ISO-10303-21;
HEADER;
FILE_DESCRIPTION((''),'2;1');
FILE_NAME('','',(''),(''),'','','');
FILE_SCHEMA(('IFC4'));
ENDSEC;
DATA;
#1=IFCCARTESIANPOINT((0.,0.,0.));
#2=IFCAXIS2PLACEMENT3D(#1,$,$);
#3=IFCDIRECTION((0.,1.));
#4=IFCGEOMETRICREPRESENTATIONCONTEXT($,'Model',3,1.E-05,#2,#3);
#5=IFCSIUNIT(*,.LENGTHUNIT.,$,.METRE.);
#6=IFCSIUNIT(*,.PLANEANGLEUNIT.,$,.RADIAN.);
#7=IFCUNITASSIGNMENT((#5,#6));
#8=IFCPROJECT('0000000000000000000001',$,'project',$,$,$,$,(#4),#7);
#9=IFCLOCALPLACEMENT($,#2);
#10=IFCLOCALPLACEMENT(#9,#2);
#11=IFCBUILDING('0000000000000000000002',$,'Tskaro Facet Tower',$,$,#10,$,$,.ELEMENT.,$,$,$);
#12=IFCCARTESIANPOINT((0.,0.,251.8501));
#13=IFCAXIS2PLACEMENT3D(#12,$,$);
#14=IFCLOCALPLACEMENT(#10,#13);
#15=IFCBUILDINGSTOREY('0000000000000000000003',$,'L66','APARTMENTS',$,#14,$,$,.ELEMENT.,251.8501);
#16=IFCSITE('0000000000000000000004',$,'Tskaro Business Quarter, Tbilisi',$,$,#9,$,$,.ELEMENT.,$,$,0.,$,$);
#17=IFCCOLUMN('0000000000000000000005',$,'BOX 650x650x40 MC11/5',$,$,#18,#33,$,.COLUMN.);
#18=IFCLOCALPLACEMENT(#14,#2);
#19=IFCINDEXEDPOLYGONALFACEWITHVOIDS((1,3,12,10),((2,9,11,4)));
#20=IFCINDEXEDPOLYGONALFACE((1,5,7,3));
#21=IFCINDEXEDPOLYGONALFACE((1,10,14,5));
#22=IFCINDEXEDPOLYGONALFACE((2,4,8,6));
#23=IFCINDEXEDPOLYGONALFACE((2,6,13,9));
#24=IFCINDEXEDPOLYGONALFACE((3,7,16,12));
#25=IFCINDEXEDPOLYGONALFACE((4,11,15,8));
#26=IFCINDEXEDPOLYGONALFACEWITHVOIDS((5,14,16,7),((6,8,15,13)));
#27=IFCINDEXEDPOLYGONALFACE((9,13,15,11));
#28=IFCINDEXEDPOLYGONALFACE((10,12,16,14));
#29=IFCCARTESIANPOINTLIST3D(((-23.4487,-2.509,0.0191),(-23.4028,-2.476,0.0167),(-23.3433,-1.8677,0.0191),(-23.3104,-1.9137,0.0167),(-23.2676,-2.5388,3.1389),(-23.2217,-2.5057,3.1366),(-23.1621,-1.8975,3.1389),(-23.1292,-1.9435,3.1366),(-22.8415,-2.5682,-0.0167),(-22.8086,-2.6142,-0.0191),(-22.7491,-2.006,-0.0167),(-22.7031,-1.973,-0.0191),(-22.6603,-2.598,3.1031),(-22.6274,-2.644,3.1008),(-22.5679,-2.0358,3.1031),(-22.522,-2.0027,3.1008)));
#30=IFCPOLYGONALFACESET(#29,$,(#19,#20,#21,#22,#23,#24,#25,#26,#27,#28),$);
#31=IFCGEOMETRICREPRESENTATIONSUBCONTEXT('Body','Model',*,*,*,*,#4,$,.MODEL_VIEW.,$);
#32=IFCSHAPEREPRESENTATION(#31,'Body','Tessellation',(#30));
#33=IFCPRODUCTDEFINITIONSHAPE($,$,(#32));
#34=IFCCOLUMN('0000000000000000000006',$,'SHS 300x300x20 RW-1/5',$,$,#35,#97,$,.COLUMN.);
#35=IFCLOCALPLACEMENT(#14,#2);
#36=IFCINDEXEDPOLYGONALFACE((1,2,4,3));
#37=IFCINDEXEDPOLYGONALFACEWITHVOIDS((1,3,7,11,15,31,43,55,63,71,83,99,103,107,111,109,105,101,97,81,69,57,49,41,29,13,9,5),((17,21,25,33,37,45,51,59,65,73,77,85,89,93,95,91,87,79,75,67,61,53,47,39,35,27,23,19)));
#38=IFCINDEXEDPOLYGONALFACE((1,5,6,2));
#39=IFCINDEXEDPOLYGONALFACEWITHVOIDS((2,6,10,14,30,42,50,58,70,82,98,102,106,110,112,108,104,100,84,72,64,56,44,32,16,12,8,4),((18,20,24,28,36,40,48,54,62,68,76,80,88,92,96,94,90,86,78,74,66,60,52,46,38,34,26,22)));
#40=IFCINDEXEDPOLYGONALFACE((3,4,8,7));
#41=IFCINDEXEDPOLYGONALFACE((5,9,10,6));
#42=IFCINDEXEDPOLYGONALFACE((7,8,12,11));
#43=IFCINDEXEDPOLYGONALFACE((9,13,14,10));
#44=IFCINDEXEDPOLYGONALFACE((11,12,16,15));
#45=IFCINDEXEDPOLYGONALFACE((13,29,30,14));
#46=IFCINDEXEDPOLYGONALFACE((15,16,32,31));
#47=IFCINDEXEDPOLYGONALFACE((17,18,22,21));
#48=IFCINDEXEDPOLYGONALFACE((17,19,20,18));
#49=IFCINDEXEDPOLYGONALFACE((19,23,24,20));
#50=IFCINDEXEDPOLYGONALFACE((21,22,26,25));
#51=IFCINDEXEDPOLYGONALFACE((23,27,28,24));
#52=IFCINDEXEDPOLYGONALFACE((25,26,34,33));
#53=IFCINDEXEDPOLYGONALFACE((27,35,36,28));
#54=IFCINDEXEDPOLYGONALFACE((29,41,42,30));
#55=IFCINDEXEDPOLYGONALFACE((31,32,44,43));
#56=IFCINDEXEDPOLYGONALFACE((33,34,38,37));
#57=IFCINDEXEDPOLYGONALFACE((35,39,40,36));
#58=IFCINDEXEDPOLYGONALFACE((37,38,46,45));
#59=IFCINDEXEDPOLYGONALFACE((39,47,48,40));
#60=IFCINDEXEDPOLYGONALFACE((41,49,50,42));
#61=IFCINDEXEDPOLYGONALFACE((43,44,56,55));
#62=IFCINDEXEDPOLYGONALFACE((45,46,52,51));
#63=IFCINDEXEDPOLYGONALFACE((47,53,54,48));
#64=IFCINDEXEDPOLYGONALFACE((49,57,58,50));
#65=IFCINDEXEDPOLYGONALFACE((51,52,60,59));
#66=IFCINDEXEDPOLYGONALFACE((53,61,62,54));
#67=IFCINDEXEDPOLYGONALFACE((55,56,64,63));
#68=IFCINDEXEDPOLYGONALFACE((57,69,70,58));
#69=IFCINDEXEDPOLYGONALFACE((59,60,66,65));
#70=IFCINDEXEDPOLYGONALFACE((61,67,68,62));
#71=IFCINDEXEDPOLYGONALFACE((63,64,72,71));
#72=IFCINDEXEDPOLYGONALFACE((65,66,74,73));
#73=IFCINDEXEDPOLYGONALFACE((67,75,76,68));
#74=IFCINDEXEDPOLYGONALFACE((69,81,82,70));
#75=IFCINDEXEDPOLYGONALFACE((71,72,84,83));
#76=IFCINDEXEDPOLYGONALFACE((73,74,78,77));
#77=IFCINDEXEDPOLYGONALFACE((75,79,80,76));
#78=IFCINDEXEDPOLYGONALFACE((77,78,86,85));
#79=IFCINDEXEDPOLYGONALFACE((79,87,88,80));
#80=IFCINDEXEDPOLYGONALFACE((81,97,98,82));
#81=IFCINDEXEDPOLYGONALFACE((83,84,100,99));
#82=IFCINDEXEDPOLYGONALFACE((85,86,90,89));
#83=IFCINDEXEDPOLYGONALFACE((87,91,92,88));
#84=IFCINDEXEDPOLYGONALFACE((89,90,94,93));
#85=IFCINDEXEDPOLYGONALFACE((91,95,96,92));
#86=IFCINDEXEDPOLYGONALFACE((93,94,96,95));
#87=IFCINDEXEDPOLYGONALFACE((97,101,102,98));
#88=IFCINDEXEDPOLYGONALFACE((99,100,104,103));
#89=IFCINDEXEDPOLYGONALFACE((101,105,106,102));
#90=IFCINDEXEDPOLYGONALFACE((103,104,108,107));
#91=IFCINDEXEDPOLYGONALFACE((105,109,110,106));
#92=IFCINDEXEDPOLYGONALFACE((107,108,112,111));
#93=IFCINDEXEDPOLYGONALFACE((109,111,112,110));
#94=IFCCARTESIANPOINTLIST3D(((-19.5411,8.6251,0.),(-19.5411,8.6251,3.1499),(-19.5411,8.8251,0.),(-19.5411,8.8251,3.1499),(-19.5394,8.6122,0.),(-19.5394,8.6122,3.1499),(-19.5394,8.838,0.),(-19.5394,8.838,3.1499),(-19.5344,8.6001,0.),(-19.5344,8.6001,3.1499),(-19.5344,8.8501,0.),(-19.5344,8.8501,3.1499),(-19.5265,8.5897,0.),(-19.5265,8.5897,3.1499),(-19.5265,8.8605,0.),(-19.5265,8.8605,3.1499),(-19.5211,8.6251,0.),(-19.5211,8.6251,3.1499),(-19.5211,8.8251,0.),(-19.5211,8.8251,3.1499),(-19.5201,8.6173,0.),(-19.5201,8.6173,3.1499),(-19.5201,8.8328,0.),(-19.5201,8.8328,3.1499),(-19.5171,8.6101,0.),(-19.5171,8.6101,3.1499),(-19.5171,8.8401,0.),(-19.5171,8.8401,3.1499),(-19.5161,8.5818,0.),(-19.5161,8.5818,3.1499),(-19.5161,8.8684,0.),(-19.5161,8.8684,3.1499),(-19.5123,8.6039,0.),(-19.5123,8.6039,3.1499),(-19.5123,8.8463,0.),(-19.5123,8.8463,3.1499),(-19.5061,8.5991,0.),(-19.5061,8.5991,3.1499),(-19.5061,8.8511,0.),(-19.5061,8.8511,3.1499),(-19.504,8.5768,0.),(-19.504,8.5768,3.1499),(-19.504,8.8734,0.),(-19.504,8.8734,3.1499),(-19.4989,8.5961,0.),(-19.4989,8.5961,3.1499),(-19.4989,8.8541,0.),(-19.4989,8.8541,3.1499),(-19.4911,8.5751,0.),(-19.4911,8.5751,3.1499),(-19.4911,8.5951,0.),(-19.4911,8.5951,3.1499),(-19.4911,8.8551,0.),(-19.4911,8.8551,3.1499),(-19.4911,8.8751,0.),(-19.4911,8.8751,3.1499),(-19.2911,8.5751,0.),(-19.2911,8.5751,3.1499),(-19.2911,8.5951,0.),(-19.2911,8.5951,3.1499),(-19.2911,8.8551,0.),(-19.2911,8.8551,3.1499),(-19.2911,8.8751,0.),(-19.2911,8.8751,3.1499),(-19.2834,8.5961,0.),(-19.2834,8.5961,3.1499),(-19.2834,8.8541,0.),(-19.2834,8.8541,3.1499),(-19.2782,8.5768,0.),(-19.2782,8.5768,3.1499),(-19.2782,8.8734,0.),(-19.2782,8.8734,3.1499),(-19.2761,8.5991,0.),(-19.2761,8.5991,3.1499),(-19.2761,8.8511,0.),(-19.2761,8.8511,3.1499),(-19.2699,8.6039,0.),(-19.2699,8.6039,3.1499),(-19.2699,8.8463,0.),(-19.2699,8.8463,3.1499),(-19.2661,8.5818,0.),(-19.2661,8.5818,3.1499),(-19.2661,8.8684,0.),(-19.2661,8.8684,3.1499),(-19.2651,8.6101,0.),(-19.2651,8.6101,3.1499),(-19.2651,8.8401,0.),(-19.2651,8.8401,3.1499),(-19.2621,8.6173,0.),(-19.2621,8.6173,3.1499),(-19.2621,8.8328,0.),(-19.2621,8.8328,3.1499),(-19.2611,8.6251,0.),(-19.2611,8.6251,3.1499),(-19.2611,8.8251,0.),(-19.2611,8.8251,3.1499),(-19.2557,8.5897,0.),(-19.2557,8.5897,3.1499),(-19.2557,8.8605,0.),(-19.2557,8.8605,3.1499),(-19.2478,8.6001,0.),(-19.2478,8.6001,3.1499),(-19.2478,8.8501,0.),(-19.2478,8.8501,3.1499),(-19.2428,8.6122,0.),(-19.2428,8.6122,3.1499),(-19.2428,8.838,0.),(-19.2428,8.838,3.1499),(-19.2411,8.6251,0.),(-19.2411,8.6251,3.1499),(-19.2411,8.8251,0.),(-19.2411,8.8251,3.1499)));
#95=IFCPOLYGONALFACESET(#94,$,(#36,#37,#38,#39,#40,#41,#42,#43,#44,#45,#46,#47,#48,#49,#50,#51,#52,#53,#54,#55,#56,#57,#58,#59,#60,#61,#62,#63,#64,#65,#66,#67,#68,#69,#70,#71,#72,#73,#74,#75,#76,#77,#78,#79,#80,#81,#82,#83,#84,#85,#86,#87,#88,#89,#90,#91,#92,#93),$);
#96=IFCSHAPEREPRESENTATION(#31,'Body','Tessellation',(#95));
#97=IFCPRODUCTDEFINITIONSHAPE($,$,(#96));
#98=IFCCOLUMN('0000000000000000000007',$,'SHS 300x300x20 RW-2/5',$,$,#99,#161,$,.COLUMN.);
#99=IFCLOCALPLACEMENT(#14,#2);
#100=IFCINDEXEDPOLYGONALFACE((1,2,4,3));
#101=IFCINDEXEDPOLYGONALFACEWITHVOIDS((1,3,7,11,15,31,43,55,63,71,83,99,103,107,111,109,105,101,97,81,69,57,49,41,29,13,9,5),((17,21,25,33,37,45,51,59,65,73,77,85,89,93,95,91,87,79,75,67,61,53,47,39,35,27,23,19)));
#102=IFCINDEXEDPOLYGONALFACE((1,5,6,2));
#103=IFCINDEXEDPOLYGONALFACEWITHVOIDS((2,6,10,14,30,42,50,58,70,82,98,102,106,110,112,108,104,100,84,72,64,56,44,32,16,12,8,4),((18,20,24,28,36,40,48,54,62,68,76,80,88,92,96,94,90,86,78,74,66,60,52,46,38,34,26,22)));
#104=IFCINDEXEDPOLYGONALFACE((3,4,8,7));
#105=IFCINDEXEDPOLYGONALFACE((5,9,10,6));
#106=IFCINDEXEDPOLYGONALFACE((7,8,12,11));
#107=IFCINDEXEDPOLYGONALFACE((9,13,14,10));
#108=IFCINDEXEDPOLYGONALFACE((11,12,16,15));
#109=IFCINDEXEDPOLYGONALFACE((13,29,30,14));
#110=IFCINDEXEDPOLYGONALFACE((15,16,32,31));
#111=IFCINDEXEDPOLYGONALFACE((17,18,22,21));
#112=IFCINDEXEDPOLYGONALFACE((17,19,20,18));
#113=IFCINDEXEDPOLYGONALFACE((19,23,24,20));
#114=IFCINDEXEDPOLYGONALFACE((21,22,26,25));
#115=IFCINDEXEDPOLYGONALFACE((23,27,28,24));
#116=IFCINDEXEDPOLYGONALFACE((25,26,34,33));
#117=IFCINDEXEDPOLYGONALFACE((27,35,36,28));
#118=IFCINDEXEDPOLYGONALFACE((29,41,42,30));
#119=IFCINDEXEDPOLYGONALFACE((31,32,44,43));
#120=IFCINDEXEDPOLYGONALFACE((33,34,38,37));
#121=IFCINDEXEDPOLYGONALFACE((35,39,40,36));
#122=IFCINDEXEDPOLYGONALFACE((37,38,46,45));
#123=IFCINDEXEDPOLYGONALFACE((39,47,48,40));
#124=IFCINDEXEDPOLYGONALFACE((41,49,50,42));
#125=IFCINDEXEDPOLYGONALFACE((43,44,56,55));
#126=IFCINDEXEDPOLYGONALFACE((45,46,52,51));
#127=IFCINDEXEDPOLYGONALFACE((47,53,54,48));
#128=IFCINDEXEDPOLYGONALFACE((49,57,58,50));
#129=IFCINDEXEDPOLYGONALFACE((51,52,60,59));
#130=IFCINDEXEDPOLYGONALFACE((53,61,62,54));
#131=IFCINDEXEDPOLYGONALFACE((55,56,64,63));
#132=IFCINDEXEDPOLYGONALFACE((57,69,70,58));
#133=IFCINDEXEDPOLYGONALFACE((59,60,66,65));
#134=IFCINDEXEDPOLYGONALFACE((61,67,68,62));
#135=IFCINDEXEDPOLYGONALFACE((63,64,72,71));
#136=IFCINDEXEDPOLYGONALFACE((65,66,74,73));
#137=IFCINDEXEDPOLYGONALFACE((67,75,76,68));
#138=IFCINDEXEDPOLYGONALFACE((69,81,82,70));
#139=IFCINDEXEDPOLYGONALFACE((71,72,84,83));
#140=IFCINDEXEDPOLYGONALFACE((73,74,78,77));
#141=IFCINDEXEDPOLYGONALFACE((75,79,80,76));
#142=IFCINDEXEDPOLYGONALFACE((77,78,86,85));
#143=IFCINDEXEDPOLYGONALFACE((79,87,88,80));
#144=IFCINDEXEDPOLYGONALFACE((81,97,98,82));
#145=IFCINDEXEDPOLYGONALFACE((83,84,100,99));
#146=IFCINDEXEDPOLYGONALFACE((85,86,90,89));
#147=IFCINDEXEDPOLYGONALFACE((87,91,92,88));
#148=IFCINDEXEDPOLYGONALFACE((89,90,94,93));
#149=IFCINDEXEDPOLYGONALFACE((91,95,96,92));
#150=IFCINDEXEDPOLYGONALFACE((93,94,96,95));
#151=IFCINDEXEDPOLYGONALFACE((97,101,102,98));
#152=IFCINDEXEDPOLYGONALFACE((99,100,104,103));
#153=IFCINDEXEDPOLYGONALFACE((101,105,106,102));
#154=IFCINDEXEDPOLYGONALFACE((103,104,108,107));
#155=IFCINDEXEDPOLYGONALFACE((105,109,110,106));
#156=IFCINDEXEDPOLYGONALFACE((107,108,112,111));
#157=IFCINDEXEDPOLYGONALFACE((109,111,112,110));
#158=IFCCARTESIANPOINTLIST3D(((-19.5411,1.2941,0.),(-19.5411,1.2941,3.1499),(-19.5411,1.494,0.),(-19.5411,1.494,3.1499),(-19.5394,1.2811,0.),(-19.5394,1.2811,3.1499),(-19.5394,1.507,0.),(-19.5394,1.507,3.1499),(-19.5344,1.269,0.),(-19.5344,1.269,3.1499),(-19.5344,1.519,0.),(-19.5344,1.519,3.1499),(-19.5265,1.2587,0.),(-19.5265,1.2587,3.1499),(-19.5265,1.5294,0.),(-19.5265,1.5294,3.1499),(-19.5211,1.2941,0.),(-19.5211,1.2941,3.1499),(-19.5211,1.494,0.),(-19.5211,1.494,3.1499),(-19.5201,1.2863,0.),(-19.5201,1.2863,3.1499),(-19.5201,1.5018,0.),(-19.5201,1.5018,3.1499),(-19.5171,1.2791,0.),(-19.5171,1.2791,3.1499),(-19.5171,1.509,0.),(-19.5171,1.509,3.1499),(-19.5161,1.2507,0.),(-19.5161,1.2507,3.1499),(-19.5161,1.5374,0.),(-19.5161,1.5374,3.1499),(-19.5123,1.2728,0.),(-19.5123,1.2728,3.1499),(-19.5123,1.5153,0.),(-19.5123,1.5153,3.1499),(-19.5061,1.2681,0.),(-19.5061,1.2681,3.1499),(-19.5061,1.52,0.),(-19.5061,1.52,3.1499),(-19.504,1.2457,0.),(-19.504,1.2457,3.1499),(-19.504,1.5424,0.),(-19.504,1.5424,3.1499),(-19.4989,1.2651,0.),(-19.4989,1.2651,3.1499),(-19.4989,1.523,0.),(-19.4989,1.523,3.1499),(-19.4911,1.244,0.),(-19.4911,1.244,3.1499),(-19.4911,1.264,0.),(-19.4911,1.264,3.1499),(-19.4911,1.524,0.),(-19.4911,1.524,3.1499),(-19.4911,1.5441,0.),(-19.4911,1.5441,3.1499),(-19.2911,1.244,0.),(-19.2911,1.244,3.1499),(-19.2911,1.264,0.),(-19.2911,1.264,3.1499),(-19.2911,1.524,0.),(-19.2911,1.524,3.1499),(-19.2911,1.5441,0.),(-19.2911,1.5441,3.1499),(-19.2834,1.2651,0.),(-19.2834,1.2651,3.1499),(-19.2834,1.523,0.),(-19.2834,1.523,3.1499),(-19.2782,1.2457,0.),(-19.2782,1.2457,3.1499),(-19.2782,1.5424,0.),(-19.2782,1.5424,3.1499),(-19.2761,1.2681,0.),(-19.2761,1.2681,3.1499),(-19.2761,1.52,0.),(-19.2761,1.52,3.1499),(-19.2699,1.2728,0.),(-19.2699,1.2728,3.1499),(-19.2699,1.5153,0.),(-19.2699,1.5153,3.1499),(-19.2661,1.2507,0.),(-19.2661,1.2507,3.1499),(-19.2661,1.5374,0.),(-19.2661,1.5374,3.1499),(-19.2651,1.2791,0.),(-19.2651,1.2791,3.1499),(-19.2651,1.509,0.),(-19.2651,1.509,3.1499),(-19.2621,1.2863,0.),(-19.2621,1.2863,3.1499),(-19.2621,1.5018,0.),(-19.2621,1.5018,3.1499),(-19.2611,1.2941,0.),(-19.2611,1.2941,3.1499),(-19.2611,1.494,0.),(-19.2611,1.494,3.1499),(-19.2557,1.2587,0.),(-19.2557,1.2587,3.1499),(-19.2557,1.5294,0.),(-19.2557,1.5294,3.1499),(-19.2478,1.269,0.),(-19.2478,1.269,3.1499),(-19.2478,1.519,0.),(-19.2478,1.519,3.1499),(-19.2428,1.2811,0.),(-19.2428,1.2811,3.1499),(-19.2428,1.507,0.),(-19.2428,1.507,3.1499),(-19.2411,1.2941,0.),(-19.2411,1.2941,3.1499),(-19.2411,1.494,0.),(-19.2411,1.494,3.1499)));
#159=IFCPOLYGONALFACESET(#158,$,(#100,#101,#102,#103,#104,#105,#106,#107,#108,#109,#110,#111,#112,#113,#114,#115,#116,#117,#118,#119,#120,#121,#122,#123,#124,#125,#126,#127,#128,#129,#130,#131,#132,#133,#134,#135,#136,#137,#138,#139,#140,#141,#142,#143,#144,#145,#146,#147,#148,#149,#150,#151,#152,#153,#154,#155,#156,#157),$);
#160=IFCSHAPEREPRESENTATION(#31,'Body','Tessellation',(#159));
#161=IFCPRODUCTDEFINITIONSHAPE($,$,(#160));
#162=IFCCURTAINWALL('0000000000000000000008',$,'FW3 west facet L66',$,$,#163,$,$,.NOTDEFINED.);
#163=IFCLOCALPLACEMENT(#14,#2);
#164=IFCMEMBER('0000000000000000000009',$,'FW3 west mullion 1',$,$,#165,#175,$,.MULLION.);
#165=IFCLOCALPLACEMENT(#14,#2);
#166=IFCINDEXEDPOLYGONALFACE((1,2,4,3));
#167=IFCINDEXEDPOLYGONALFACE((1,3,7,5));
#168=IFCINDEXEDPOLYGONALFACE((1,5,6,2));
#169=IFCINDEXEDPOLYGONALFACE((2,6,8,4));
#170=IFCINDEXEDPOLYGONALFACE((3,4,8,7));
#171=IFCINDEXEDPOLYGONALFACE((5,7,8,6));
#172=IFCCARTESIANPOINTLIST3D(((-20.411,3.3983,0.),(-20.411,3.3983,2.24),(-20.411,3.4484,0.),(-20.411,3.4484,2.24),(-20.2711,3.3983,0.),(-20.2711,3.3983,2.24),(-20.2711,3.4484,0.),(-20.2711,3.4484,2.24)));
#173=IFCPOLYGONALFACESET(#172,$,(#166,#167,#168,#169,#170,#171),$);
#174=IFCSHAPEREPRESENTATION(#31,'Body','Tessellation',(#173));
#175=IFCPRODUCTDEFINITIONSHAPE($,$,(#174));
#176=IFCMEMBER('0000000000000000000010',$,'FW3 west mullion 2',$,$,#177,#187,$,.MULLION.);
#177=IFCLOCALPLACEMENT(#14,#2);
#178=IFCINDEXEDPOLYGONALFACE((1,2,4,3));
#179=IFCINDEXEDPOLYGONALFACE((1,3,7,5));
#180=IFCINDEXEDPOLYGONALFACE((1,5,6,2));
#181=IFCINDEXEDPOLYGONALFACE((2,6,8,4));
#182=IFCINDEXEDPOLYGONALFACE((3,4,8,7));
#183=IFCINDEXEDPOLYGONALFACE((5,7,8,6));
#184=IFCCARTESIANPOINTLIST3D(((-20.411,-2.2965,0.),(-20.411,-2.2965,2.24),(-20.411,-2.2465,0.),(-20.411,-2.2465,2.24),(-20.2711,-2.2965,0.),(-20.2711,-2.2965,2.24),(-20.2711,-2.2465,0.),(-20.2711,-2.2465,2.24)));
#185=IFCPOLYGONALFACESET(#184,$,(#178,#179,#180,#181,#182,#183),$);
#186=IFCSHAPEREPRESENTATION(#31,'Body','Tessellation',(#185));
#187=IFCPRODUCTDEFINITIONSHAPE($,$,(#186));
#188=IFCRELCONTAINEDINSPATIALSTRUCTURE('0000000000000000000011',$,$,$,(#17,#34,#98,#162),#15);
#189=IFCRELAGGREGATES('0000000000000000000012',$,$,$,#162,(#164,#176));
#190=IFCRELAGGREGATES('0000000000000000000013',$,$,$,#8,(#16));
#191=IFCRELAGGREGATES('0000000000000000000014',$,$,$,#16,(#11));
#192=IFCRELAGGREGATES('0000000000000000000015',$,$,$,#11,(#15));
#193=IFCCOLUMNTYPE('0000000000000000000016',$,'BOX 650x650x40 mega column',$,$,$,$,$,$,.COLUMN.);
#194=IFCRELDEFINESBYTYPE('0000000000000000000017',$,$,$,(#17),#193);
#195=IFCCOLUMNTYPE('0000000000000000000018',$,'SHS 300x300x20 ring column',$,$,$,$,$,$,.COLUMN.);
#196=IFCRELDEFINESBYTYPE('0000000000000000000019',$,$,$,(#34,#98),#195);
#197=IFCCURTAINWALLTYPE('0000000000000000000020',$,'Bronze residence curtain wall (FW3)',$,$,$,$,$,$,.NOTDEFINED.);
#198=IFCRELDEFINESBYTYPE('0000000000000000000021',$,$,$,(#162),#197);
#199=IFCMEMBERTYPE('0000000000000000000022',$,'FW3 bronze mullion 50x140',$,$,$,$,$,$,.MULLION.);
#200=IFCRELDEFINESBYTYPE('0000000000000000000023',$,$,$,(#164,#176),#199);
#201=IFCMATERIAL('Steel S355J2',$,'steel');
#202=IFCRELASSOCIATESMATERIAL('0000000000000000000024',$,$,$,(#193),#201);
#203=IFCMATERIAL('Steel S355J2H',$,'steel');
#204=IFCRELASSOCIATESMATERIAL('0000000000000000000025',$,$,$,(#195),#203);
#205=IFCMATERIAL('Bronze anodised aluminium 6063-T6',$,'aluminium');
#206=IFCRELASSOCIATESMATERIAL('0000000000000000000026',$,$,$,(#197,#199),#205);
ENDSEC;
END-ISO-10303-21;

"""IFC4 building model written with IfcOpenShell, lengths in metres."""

from ifc_helpers import new_model, si_unit, direction, frame, origin, origin_2d, place, context, subcontext, project, spatial, rectangle, hollow_rectangle, extrude, material, material_profile, profile_set, type_object, element, aggregate, save


model = new_model("IFC4")

# Units and contexts
model_context = context("Model", 3, precision=1e-05, world=origin(), true_north=direction((0.0, 1.0)))
body_context = subcontext(model_context, "Body", "Model", "MODEL_VIEW")
ifc_project = project(units=[si_unit("LENGTHUNIT", "METRE"), si_unit("PLANEANGLEUNIT", "RADIAN")], contexts=[model_context])

# Site, building, storey
site_placement = place(None, origin())
site = spatial("IfcSite", under=ifc_project, at=site_placement, Name="Tskaro Business Quarter, Tbilisi", CompositionType="ELEMENT", RefElevation=0.0)
building_placement = place(site_placement, origin())
building = spatial("IfcBuilding", under=site, at=building_placement, Name="Tskaro Facet Tower", CompositionType="ELEMENT")
storey_placement = place(building_placement, frame((0.0, 0.0, 251.8501)))
storey = spatial("IfcBuildingStorey", under=building, at=storey_placement, Name="L66", Description="APARTMENTS", CompositionType="ELEMENT", Elevation=251.8501)

# Columns
ifc_material_1 = material(Name="Steel S355J2", Category="steel")
ifc_material_profile_1 = material_profile(ifc_material_1, hollow_rectangle(XDim=0.6499, YDim=0.6499, WallThickness=0.04, at=origin_2d()), Name="BOX 650x650x40")
ifc_profile_set_1 = profile_set([ifc_material_profile_1], Name="Steel S355J2")
column_type_1 = type_object("IfcColumnType", Name="BOX 650x650x40 mega column", PredefinedType="COLUMN", material=ifc_profile_set_1)
column_placement = place(storey_placement, frame((-23.0759, -2.241, 0.0), z_axis=(0.057964, -0.00953, 0.998273), x_axis=(0.162242, 0.986751, 0.0)))
element("IfcColumn", 1, at=column_placement, inside=storey, type_object=column_type_1, Name="BOX 650x650x40 MC11/5", PredefinedType="COLUMN", context=body_context, shape_type="SweptSolid", body=[
    extrude(hollow_rectangle(XDim=0.6499, YDim=0.6499, WallThickness=0.04, at=origin_2d()), origin(), (0.0, 0.0, 1.0), 3.1252),
])
ifc_material_2 = material(Name="Steel S355J2H", Category="steel")
ifc_material_profile_2 = material_profile(ifc_material_2, hollow_rectangle(XDim=0.3, YDim=0.3, WallThickness=0.02, InnerFilletRadius=0.03, OuterFilletRadius=0.05, at=origin_2d()), Name="SHS 300x300x20")
ifc_profile_set_2 = profile_set([ifc_material_profile_2], Name="Steel S355J2H")
column_type_2 = type_object("IfcColumnType", Name="SHS 300x300x20 ring column", PredefinedType="COLUMN", material=ifc_profile_set_2)
for number, where, z_axis, x_axis, name in (
    (2, (-19.3911, 8.7251, 0.0), (0.0, 0.0, 1.0), (1.0, 0.0, 0.0), "SHS 300x300x20 RW-1/5"),
    (3, (-19.3911, 1.394, 0.0), (0.0, 0.0, 1.0), (1.0, 0.0, 0.0), "SHS 300x300x20 RW-2/5"),
):
    element("IfcColumn", number, at=place(storey_placement, frame(where, z_axis=z_axis, x_axis=x_axis)), inside=storey, type_object=column_type_2, Name=name, PredefinedType="COLUMN", context=body_context, shape_type="SweptSolid", body=[
        extrude(hollow_rectangle(XDim=0.3, YDim=0.3, WallThickness=0.02, InnerFilletRadius=0.03, OuterFilletRadius=0.05, at=origin_2d()), origin(), (0.0, 0.0, 1.0), 3.1499),
    ])

# Curtain wall, members
ifc_material_3 = material(Name="Bronze anodised aluminium 6063-T6", Category="aluminium")
curtain_wall_type = type_object("IfcCurtainWallType", Name="Bronze residence curtain wall (FW3)", PredefinedType="NOTDEFINED", material=ifc_material_3)
curtain_wall_placement = place(storey_placement, origin())
curtain_wall = element("IfcCurtainWall", 4, at=curtain_wall_placement, inside=storey, type_object=curtain_wall_type, Name="FW3 west facet L66", PredefinedType="NOTDEFINED")
ifc_material_profile_3 = material_profile(ifc_material_3, rectangle(XDim=0.05, YDim=0.1399, at=origin_2d()), Name="Mullion 50x140")
ifc_profile_set_3 = profile_set([ifc_material_profile_3], Name="Bronze anodised aluminium 6063-T6")
member_type_1 = type_object("IfcMemberType", Name="FW3 bronze mullion 50x140", PredefinedType="MULLION", material=ifc_profile_set_3)
member_1_placement = place(storey_placement, frame((-20.3411, 3.4233, 0.0), z_axis=(0.0, 0.0, 1.0), x_axis=(0.0, -1.0, 0.0)))
member_1 = element("IfcMember", 5, at=member_1_placement, type_object=member_type_1, Name="FW3 west mullion 1", PredefinedType="MULLION", context=body_context, shape_type="SweptSolid", body=[
    extrude(rectangle(XDim=0.05, YDim=0.1399, at=origin_2d()), origin(), (0.0, 0.0, 1.0), 2.24),
])
member_2_placement = place(storey_placement, frame((-20.3411, -2.2715, 0.0), z_axis=(0.0, 0.0, 1.0), x_axis=(0.0, -1.0, 0.0)))
member_2 = element("IfcMember", 6, at=member_2_placement, type_object=member_type_1, Name="FW3 west mullion 2", PredefinedType="MULLION", context=body_context, shape_type="SweptSolid", body=[
    extrude(rectangle(XDim=0.05, YDim=0.1399, at=origin_2d()), origin(), (0.0, 0.0, 1.0), 2.24),
])

aggregate(curtain_wall, [member_1, member_2])

save(model, "model.ifc")
